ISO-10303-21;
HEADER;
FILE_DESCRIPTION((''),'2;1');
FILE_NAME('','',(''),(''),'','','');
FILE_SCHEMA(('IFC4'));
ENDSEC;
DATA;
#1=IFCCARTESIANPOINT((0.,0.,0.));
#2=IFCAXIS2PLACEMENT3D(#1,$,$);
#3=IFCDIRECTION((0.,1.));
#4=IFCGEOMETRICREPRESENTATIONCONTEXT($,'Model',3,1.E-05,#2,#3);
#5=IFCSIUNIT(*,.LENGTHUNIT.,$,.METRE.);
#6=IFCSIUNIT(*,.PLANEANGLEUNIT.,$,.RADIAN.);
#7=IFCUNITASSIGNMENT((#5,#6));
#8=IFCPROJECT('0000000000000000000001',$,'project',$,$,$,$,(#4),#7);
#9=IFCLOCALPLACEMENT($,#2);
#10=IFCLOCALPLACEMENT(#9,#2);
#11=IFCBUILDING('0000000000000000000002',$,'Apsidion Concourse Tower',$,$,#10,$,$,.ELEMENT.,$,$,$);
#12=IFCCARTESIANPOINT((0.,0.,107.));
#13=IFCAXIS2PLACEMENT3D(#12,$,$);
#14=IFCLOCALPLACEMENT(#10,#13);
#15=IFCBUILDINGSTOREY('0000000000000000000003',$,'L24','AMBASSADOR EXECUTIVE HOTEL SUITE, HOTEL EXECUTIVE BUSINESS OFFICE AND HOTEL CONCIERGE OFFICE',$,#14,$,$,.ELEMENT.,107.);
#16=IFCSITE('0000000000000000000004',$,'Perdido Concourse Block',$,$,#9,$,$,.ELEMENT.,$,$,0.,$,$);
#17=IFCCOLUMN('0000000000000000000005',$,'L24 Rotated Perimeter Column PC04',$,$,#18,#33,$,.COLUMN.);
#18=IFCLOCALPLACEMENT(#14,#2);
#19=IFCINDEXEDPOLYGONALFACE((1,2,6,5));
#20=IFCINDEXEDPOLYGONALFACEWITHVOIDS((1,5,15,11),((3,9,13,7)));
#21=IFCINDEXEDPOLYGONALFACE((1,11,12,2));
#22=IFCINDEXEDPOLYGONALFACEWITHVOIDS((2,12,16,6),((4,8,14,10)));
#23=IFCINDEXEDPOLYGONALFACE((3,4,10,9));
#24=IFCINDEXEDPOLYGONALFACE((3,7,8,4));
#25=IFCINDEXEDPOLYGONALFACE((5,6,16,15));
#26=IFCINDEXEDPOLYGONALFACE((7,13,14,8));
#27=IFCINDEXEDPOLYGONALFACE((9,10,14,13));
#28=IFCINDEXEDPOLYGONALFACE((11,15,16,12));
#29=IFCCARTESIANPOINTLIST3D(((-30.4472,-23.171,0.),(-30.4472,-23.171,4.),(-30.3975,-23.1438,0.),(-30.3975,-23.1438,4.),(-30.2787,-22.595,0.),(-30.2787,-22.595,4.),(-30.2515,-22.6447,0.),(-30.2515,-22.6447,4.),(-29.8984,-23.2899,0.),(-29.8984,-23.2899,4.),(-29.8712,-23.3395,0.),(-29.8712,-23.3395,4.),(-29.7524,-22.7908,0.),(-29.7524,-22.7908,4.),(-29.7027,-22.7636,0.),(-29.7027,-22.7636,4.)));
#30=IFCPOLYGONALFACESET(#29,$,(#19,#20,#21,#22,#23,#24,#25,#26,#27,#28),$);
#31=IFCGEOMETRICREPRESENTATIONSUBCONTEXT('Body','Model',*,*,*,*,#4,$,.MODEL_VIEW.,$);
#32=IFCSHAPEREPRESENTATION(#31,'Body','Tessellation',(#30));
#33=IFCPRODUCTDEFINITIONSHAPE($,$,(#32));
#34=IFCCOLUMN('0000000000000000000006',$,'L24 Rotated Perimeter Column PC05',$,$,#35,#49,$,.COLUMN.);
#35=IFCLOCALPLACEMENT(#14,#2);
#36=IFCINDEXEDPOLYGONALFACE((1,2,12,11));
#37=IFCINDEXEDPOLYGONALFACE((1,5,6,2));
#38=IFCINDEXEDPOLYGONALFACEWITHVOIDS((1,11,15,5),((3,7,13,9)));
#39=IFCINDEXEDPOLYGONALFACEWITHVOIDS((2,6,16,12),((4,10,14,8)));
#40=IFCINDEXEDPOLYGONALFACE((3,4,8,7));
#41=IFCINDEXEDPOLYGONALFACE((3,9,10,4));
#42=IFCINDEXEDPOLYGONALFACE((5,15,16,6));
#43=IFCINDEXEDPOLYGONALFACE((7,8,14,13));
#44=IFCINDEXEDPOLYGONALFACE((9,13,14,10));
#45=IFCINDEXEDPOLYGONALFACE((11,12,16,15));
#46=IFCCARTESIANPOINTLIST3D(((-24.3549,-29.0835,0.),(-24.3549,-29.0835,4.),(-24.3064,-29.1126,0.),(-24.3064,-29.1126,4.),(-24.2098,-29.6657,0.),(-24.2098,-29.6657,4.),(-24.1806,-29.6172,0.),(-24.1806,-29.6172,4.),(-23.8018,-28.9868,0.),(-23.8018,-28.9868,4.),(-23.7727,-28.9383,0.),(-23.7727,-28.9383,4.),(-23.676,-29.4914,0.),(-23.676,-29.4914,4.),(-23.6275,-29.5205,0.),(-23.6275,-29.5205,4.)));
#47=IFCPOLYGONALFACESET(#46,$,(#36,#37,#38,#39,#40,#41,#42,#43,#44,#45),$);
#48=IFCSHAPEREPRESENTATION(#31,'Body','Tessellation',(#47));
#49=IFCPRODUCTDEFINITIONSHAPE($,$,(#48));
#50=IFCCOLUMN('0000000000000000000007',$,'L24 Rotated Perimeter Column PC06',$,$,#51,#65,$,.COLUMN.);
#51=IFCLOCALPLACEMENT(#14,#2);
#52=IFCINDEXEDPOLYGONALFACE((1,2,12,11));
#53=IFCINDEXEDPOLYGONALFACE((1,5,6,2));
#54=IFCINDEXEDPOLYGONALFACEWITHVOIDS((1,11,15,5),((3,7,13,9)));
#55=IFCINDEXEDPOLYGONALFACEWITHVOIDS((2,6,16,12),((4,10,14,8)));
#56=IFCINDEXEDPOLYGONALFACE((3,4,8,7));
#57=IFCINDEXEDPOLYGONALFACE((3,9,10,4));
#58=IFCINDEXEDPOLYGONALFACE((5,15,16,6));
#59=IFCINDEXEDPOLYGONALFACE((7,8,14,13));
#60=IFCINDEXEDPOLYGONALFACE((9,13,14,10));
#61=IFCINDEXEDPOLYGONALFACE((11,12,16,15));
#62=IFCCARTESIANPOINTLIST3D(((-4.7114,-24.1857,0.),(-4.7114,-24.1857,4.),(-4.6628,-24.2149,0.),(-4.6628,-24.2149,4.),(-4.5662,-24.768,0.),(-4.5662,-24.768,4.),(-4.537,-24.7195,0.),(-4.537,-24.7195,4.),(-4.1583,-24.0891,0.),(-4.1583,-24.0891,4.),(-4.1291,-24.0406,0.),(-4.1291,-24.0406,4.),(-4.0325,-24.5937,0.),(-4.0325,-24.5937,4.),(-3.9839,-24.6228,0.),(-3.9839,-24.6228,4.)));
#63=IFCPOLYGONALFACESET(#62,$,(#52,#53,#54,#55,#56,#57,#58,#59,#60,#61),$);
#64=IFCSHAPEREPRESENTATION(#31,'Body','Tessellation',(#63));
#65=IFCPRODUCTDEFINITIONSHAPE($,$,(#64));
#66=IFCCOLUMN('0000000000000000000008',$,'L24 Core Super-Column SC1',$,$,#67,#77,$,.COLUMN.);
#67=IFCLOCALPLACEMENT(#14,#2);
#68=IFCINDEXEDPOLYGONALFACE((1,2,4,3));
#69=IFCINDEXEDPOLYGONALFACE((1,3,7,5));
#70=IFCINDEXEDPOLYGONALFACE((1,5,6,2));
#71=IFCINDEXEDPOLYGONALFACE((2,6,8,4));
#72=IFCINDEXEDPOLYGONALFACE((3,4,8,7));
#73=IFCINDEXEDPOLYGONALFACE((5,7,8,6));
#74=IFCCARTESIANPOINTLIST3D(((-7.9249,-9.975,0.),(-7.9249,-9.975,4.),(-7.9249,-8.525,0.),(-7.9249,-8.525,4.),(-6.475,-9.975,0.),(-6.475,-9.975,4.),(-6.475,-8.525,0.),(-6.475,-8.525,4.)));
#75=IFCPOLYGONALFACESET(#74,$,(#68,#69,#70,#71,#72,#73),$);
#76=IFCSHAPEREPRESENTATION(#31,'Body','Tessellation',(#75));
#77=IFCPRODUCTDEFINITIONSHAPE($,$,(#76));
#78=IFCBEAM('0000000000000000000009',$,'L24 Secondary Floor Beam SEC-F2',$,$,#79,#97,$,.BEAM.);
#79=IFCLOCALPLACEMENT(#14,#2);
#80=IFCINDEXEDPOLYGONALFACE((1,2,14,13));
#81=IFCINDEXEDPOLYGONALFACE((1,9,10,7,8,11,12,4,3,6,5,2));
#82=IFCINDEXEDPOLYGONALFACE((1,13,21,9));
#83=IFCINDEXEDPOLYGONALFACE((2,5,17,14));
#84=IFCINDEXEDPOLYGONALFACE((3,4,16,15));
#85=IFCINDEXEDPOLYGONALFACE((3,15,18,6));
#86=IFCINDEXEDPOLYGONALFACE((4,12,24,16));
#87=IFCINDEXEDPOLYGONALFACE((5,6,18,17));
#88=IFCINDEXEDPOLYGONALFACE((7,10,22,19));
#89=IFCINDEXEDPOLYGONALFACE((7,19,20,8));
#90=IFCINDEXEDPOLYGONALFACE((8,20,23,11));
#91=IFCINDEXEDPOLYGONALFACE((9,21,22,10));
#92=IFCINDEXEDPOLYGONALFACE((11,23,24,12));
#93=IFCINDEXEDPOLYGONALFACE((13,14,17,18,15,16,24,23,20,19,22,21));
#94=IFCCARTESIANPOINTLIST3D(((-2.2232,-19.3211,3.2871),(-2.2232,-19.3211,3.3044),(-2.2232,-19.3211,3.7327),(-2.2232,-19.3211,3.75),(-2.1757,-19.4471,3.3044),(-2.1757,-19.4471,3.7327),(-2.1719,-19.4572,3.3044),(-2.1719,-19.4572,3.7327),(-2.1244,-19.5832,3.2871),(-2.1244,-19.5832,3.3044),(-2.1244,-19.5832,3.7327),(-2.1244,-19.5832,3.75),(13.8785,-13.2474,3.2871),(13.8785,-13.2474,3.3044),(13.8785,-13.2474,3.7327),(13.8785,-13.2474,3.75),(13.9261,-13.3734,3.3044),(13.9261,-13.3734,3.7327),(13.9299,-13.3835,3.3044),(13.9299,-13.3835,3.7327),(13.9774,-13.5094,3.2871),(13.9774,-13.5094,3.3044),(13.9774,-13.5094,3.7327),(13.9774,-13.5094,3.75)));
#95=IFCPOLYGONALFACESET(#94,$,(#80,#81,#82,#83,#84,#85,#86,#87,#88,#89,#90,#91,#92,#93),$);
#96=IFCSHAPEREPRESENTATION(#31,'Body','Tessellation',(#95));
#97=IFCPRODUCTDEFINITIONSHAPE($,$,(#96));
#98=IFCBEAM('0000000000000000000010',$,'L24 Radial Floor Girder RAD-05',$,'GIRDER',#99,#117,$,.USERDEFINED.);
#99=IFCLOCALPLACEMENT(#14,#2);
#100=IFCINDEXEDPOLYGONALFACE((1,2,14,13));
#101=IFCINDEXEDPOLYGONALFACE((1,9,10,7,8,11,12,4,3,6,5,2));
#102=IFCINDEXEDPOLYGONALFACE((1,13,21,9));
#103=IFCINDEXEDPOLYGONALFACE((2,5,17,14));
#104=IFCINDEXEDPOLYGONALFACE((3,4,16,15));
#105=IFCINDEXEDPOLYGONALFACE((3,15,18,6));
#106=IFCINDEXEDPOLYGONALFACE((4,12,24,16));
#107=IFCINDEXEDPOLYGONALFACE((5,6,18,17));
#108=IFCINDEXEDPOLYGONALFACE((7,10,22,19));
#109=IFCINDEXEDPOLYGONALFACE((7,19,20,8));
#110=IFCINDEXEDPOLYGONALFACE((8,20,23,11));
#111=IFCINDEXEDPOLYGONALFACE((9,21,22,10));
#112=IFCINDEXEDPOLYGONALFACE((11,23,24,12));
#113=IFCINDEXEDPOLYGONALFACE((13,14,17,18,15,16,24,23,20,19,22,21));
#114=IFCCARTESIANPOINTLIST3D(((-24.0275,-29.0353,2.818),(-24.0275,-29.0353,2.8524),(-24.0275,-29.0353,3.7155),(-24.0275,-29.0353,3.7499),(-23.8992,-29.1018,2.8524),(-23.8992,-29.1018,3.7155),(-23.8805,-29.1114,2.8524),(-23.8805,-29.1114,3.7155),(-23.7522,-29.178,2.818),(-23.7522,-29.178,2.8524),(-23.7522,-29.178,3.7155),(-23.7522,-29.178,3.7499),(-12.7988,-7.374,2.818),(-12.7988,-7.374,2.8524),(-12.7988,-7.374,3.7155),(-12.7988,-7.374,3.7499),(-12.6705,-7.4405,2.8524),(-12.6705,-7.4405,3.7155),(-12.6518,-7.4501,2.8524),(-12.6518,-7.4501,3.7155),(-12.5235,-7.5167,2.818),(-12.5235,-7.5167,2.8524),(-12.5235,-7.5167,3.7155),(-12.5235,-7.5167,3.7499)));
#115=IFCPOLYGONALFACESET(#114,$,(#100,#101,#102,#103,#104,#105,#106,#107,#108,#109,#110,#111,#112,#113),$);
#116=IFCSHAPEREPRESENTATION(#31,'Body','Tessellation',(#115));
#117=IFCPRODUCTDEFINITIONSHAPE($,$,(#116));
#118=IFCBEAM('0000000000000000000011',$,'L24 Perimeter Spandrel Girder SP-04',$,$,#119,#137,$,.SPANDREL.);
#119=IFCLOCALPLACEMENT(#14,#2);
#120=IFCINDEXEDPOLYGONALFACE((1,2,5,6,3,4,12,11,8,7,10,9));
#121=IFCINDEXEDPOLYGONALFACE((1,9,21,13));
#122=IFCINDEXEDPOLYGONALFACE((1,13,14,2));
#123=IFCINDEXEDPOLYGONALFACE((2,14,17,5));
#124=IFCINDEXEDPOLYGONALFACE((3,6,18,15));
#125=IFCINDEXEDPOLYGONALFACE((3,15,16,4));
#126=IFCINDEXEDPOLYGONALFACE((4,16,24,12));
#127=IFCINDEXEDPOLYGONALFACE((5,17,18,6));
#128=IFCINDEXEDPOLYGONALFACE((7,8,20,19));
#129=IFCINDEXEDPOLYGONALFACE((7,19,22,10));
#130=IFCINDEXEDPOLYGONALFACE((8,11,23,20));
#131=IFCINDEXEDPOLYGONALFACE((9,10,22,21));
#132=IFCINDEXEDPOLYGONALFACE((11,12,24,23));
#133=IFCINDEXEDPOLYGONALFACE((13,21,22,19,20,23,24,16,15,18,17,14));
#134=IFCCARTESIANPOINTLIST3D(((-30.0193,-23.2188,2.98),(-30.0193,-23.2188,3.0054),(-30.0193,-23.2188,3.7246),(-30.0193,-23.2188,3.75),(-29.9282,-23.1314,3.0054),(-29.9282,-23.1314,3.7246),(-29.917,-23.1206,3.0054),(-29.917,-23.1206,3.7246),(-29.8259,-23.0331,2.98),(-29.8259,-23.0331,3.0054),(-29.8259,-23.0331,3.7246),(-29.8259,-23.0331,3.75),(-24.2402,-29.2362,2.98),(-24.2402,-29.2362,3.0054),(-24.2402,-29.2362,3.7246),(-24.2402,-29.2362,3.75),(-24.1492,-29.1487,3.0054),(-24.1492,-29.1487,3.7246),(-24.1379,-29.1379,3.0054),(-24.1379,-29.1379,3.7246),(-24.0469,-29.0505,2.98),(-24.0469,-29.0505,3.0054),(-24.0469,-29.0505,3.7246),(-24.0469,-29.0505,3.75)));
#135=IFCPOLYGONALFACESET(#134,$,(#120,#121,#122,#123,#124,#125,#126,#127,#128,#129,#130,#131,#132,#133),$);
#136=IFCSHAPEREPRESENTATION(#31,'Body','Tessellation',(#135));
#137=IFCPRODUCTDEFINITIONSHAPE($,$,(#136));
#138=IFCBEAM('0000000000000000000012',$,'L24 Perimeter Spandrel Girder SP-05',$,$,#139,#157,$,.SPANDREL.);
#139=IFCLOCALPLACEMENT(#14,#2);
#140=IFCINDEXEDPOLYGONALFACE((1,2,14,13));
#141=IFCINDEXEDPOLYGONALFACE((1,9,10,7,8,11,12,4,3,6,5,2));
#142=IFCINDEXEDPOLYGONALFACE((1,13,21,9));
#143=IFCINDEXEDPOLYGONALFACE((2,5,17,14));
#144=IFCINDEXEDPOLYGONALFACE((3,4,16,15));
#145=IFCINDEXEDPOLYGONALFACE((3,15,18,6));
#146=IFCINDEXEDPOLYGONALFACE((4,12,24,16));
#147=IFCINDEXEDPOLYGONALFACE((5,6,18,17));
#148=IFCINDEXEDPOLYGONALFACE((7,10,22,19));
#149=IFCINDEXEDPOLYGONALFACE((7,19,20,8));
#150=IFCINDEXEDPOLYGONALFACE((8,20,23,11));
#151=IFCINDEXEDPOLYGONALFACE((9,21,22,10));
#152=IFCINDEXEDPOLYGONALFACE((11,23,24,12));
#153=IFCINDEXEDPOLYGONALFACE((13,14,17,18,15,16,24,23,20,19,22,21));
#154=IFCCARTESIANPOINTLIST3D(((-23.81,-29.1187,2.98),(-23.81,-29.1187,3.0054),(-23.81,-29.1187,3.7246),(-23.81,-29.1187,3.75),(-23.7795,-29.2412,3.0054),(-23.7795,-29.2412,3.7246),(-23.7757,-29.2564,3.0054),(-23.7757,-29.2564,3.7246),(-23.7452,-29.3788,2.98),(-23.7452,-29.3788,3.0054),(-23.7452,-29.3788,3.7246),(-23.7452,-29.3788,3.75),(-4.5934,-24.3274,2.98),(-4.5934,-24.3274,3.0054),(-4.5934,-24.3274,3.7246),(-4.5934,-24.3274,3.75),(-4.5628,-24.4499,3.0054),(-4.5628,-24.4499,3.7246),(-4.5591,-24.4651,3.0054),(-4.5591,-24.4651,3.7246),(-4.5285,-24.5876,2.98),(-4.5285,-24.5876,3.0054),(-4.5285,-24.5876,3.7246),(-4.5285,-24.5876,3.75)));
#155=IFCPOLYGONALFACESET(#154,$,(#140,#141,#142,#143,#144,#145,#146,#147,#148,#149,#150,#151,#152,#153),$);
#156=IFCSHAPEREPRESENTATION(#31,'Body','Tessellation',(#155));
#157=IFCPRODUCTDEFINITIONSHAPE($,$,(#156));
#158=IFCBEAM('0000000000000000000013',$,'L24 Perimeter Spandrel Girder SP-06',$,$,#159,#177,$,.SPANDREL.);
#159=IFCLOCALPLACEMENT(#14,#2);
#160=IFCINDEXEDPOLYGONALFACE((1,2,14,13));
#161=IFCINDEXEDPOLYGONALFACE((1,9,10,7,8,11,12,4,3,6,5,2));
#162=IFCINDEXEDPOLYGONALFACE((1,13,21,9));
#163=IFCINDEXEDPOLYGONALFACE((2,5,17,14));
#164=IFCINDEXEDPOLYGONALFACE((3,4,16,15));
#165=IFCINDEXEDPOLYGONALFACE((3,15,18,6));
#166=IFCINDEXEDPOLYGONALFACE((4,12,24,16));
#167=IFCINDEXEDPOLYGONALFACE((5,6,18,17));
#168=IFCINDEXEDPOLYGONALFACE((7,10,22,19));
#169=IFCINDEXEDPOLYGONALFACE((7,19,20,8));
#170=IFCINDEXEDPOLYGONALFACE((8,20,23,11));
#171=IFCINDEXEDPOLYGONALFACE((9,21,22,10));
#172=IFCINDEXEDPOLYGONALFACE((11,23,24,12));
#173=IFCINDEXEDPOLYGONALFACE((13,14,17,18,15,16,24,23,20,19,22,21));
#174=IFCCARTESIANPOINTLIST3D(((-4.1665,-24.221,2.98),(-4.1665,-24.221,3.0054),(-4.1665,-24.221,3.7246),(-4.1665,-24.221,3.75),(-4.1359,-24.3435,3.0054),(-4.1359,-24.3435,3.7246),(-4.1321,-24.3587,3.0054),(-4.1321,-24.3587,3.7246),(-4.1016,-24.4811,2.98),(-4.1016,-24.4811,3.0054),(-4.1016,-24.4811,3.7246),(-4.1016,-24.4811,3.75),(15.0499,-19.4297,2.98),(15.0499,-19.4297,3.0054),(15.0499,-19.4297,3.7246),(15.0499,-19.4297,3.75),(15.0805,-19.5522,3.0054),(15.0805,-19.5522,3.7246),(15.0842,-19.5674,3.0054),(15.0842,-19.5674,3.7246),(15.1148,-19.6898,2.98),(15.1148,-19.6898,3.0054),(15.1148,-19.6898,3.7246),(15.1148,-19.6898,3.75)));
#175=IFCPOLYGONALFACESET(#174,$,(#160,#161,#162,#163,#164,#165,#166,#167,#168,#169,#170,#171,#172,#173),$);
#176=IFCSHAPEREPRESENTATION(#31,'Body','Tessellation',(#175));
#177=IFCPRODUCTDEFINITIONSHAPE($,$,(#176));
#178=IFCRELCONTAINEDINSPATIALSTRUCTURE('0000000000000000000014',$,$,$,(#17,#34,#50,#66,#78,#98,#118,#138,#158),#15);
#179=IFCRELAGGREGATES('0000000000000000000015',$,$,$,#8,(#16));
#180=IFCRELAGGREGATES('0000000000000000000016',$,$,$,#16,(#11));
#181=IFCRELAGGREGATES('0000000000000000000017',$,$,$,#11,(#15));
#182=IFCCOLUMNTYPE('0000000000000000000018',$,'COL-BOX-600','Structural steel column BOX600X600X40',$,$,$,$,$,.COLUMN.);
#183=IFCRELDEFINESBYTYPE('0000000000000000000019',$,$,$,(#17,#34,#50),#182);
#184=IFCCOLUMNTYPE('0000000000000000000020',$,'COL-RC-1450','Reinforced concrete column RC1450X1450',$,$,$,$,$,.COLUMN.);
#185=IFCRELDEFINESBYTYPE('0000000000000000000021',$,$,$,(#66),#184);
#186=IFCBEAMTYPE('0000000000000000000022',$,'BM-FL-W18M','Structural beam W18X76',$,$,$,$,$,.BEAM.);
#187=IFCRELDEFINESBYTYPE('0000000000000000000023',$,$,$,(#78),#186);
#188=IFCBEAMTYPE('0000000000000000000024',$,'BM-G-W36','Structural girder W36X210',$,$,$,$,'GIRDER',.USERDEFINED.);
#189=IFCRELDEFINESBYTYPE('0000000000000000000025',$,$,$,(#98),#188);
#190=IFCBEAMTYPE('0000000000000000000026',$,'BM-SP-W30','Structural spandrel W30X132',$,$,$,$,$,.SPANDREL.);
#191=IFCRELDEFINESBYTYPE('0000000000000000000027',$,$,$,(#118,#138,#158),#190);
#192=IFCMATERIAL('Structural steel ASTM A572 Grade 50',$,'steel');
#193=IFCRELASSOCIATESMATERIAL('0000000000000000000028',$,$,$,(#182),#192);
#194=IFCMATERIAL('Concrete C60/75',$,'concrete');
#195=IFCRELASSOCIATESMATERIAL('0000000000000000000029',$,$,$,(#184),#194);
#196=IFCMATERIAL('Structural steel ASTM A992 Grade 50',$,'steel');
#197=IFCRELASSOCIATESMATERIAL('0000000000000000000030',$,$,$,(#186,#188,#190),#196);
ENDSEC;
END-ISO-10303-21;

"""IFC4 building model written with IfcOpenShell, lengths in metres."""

from ifc_helpers import new_model, si_unit, direction, frame, origin, origin_2d, place, context, subcontext, project, spatial, rectangle, hollow_rectangle, i_section, extrude, material, material_profile, profile_set, type_object, element, save


model = new_model("IFC4")

# Units and contexts
model_context = context("Model", 3, precision=1e-05, world=origin(), true_north=direction((0.0, 1.0)))
body_context = subcontext(model_context, "Body", "Model", "MODEL_VIEW")
ifc_project = project(units=[si_unit("LENGTHUNIT", "METRE"), si_unit("PLANEANGLEUNIT", "RADIAN")], contexts=[model_context])

# Site, building, storey
site_placement = place(None, origin())
site = spatial("IfcSite", under=ifc_project, at=site_placement, Name="Perdido Concourse Block", CompositionType="ELEMENT", RefElevation=0.0)
building_placement = place(site_placement, origin())
building = spatial("IfcBuilding", under=site, at=building_placement, Name="Apsidion Concourse Tower", CompositionType="ELEMENT")
storey_placement = place(building_placement, frame((0.0, 0.0, 107.0)))
storey = spatial("IfcBuildingStorey", under=building, at=storey_placement, Name="L24", Description="AMBASSADOR EXECUTIVE HOTEL SUITE, HOTEL EXECUTIVE BUSINESS OFFICE AND HOTEL CONCIERGE OFFICE", CompositionType="ELEMENT", Elevation=107.0)

# Columns
ifc_material_1 = material(Name="Structural steel ASTM A572 Grade 50", Category="steel")
ifc_material_profile_1 = material_profile(ifc_material_1, hollow_rectangle(XDim=0.6001, YDim=0.6001, WallThickness=0.04, at=origin_2d()), Name="BOX600X600X40")
ifc_profile_set_1 = profile_set([ifc_material_profile_1], Name="Structural steel ASTM A572 Grade 50")
column_type_1 = type_object("IfcColumnType", Name="COL-BOX-600", Description="Structural steel column BOX600X600X40", PredefinedType="COLUMN", material=ifc_profile_set_1)
for number, where, z_axis, x_axis, name in (
    (1, (-30.075, -22.9673, 0.0), (0.0, 0.0, 1.0), (0.280834, 0.959756, 0.0), "L24 Rotated Perimeter Column PC04"),
    (2, (-23.9912, -29.302, 0.0), (0.0, 0.0, 1.0), (0.970296, 0.241922, 0.0), "L24 Rotated Perimeter Column PC05"),
    (3, (-4.3477, -24.4043, 0.0), (0.0, 0.0, 1.0), (0.970296, 0.241922, 0.0), "L24 Rotated Perimeter Column PC06"),
):
    element("IfcColumn", number, at=place(storey_placement, frame(where, z_axis=z_axis, x_axis=x_axis)), inside=storey, type_object=column_type_1, Name=name, PredefinedType="COLUMN", context=body_context, shape_type="SweptSolid", body=[
        extrude(hollow_rectangle(XDim=0.6001, YDim=0.6001, WallThickness=0.04, at=origin_2d()), origin(), (0.0, 0.0, 1.0), 4.0),
    ])
ifc_material_2 = material(Name="Concrete C60/75", Category="concrete")
ifc_material_profile_2 = material_profile(ifc_material_2, rectangle(XDim=1.45, YDim=1.45, at=origin_2d()), Name="RC 1450x1450")
ifc_profile_set_2 = profile_set([ifc_material_profile_2], Name="Concrete C60/75")
column_type_2 = type_object("IfcColumnType", Name="COL-RC-1450", Description="Reinforced concrete column RC1450X1450", PredefinedType="COLUMN", material=ifc_profile_set_2)
column_placement = place(storey_placement, frame((-7.2, -9.25, 0.0), z_axis=(0.0, 0.0, 1.0), x_axis=(1.0, 0.0, 0.0)))
element("IfcColumn", 4, at=column_placement, inside=storey, type_object=column_type_2, Name="L24 Core Super-Column SC1", PredefinedType="COLUMN", context=body_context, shape_type="SweptSolid", body=[
    extrude(rectangle(XDim=1.45, YDim=1.45, at=origin_2d()), origin(), (0.0, 0.0, 1.0), 4.0),
])

# Beams
ifc_material_3 = material(Name="Structural steel ASTM A992 Grade 50", Category="steel")
ifc_material_profile_3 = material_profile(ifc_material_3, i_section(OverallWidth=0.28, OverallDepth=0.4629, WebThickness=0.0107, FlangeThickness=0.0173, at=origin_2d()), Name="W18X76")
ifc_profile_set_3 = profile_set([ifc_material_profile_3], Name="Structural steel ASTM A992 Grade 50")
beam_type_1 = type_object("IfcBeamType", Name="BM-FL-W18M", Description="Structural beam W18X76", PredefinedType="BEAM", material=ifc_profile_set_3)
beam_1_placement = place(storey_placement, frame((-2.1738, -19.4521, 3.5186), z_axis=(0.935648, 0.352934, 0.0), x_axis=(-0.352934, 0.935648, 0.0)))
element("IfcBeam", 5, at=beam_1_placement, inside=storey, type_object=beam_type_1, Name="L24 Secondary Floor Beam SEC-F2", PredefinedType="BEAM", context=body_context, shape_type="SweptSolid", body=[
    extrude(i_section(OverallWidth=0.28, OverallDepth=0.4629, WebThickness=0.0107, FlangeThickness=0.0173, at=origin_2d()), origin(), (0.0, 0.0, 1.0), 17.2092),
])
ifc_material_profile_4 = material_profile(ifc_material_3, i_section(OverallWidth=0.3101, OverallDepth=0.9319, WebThickness=0.021, FlangeThickness=0.0344, at=origin_2d()), Name="W36X210")
ifc_profile_set_4 = profile_set([ifc_material_profile_4], Name="Structural steel ASTM A992 Grade 50")
beam_type_2 = type_object("IfcBeamType", Name="BM-G-W36", Description="Structural girder W36X210", ElementType="GIRDER", PredefinedType="USERDEFINED", material=ifc_profile_set_4)
beam_2_placement = place(storey_placement, frame((-12.6611, -7.4453, 3.2839), z_axis=(-0.460218, -0.887806, 0.0), x_axis=(0.887806, -0.460218, 0.0)))
element("IfcBeam", 6, at=beam_2_placement, inside=storey, type_object=beam_type_2, Name="L24 Radial Floor Girder RAD-05", ObjectType="GIRDER", PredefinedType="USERDEFINED", context=body_context, shape_type="SweptSolid", body=[
    extrude(i_section(OverallWidth=0.3101, OverallDepth=0.9319, WebThickness=0.021, FlangeThickness=0.0344, at=origin_2d()), origin(), (0.0, 0.0, 1.0), 24.3987),
])
ifc_material_profile_5 = material_profile(ifc_material_3, i_section(OverallWidth=0.2681, OverallDepth=0.77, WebThickness=0.0156, FlangeThickness=0.0254, at=origin_2d()), Name="W30X132")
ifc_profile_set_5 = profile_set([ifc_material_profile_5], Name="Structural steel ASTM A992 Grade 50")
beam_type_3 = type_object("IfcBeamType", Name="BM-SP-W30", Description="Structural spandrel W30X132", PredefinedType="SPANDREL", material=ifc_profile_set_5)
beam_3_placement = place(storey_placement, frame((-29.9226, -23.126, 3.365), z_axis=(0.692682, -0.721243, 0.0), x_axis=(0.721243, 0.692682, 0.0)))
element("IfcBeam", 7, at=beam_3_placement, inside=storey, type_object=beam_type_3, Name="L24 Perimeter Spandrel Girder SP-04", PredefinedType="SPANDREL", context=body_context, shape_type="SweptSolid", body=[
    extrude(i_section(OverallWidth=0.2681, OverallDepth=0.77, WebThickness=0.0156, FlangeThickness=0.0254, at=origin_2d()), origin(), (0.0, 0.0, 1.0), 8.343),
])
beam_4_placement = place(storey_placement, frame((-23.7776, -29.2488, 3.365), z_axis=(0.970295, 0.241924, 0.0), x_axis=(-0.241924, 0.970295, 0.0)))
element("IfcBeam", 8, at=beam_4_placement, inside=storey, type_object=beam_type_3, Name="L24 Perimeter Spandrel Girder SP-05", PredefinedType="SPANDREL", context=body_context, shape_type="SweptSolid", body=[
    extrude(i_section(OverallWidth=0.2681, OverallDepth=0.77, WebThickness=0.0156, FlangeThickness=0.0254, at=origin_2d()), origin(), (0.0, 0.0, 1.0), 19.8049),
])
beam_5_placement = place(storey_placement, frame((-4.134, -24.3511, 3.365), z_axis=(0.970295, 0.241926, 0.0), x_axis=(-0.241926, 0.970295, 0.0)))
element("IfcBeam", 9, at=beam_5_placement, inside=storey, type_object=beam_type_3, Name="L24 Perimeter Spandrel Girder SP-06", PredefinedType="SPANDREL", context=body_context, shape_type="SweptSolid", body=[
    extrude(i_section(OverallWidth=0.2681, OverallDepth=0.77, WebThickness=0.0156, FlangeThickness=0.0254, at=origin_2d()), origin(), (0.0, 0.0, 1.0), 19.8047),
])

save(model, "model.ifc")
